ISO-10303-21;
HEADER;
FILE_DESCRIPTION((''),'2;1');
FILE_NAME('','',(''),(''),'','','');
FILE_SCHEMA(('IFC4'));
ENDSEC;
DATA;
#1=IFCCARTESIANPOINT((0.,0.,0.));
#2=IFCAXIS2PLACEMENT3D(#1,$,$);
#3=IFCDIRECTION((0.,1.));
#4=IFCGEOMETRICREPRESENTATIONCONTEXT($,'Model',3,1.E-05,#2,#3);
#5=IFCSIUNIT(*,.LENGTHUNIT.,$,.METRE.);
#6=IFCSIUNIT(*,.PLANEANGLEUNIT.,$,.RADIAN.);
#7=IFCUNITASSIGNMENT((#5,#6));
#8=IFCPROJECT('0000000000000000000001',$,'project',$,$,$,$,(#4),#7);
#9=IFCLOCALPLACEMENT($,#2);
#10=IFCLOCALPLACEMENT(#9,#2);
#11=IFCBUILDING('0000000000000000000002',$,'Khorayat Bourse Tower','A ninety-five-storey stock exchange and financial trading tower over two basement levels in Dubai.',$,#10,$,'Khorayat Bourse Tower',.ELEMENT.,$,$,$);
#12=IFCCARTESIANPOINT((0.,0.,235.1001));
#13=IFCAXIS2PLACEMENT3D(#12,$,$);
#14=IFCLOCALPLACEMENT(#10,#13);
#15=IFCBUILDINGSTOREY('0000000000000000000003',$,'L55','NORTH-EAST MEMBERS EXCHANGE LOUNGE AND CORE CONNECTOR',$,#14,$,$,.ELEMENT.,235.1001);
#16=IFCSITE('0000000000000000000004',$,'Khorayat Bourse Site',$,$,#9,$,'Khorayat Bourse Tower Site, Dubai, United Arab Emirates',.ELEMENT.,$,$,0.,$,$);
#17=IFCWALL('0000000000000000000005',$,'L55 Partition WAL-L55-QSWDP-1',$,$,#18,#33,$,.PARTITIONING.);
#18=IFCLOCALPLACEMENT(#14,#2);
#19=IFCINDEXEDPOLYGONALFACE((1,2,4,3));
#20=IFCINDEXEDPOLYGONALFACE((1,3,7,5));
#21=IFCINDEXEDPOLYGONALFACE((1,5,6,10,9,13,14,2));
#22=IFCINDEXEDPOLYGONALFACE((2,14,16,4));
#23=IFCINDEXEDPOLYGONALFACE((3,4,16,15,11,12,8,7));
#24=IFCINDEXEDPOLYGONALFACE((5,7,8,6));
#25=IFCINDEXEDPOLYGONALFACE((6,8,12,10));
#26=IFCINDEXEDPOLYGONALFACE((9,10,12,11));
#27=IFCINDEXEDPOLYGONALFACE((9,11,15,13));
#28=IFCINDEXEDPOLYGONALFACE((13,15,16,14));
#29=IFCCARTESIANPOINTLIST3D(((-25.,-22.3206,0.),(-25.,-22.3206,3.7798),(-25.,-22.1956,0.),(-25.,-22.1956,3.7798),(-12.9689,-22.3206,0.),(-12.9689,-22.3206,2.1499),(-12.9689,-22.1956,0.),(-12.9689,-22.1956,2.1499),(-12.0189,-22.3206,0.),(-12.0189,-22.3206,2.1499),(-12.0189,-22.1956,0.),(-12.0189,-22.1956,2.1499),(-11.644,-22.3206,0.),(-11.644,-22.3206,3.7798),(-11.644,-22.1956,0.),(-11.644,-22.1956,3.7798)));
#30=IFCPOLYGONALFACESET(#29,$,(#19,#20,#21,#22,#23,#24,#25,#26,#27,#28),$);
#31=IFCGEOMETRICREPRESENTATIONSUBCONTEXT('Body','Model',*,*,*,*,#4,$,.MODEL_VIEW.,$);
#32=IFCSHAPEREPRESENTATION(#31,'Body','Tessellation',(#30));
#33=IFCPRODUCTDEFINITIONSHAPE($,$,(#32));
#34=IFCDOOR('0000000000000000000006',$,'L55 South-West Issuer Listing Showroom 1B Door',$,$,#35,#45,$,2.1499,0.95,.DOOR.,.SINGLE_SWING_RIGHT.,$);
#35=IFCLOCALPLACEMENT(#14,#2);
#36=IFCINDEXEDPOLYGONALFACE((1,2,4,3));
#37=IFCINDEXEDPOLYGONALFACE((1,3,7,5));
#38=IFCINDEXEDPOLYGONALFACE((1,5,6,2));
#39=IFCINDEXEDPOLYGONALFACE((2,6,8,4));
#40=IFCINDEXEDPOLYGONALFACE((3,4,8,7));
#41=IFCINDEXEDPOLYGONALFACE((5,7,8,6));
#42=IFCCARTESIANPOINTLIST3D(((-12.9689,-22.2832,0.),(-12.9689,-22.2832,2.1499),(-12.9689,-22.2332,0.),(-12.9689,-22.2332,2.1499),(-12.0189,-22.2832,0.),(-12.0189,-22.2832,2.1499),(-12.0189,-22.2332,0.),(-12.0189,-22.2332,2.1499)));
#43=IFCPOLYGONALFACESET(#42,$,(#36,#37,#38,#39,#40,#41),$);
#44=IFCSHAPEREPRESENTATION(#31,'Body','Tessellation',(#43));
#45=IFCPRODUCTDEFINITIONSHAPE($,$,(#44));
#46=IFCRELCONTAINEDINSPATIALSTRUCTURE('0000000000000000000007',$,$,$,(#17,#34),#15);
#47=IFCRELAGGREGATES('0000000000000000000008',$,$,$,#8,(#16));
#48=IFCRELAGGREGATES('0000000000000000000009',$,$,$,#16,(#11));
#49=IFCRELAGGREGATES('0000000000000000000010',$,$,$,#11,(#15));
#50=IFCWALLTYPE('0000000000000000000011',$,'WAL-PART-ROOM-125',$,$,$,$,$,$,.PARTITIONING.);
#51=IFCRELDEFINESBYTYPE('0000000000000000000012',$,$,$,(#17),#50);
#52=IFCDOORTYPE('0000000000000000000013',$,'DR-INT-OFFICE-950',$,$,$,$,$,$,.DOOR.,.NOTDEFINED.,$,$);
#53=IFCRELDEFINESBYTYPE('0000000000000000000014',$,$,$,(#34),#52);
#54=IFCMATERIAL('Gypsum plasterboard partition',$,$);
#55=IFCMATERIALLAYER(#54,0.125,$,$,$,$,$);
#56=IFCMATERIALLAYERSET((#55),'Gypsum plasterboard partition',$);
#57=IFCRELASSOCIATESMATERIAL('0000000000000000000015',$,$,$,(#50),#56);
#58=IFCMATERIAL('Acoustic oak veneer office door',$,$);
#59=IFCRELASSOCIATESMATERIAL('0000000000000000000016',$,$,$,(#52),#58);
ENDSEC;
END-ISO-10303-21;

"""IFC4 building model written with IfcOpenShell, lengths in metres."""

from ifc_helpers import new_model, si_unit, direction, frame, frame_2d, origin, place, context, subcontext, project, spatial, rectangle, extrude, source, transform, mapped, material, layer, layer_set, type_object, element, fill, save


model = new_model("IFC4")

# Units and contexts
model_context = context("Model", 3, precision=1e-05, world=origin(), true_north=direction((0.0, 1.0)))
body_context = subcontext(model_context, "Body", "Model", "MODEL_VIEW")
ifc_project = project(units=[si_unit("LENGTHUNIT", "METRE"), si_unit("PLANEANGLEUNIT", "RADIAN")], contexts=[model_context])

# Site, building, storey
site_placement = place(None, origin())
site = spatial("IfcSite", under=ifc_project, at=site_placement, Name="Khorayat Bourse Site", LongName="Khorayat Bourse Tower Site, Dubai, United Arab Emirates", CompositionType="ELEMENT", RefElevation=0.0)
building_placement = place(site_placement, origin())
building = spatial("IfcBuilding", under=site, at=building_placement, Name="Khorayat Bourse Tower", Description="A ninety-five-storey stock exchange and financial trading tower over two basement levels in Dubai.", LongName="Khorayat Bourse Tower", CompositionType="ELEMENT")
storey_placement = place(building_placement, frame((0.0, 0.0, 235.1001)))
storey = spatial("IfcBuildingStorey", under=building, at=storey_placement, Name="L55", Description="NORTH-EAST MEMBERS EXCHANGE LOUNGE AND CORE CONNECTOR", CompositionType="ELEMENT", Elevation=235.1001)

# Wall, opening, door
ifc_material_1 = material(Name="Gypsum plasterboard partition")
ifc_layer_1 = layer(ifc_material_1, 0.125)
ifc_layer_set_1 = layer_set([ifc_layer_1], Name="Gypsum plasterboard partition")
wall_type_1 = type_object("IfcWallType", Name="WAL-PART-ROOM-125", PredefinedType="PARTITIONING", material=ifc_layer_set_1)
shared_shape_1 = source(origin(), body_context, "Body", "SweptSolid", [
    extrude(rectangle(XDim=13.356, YDim=0.125, at=frame_2d((6.678, 0.0))), origin(), (0.0, 0.0, 1.0), 3.7798),
])
wall_1_placement = place(storey_placement, frame((-25.0, -22.2581, 0.0), z_axis=(0.0, 0.0, 1.0), x_axis=(1.0, 0.0, 0.0)))
wall_1 = element("IfcWall", 1, at=wall_1_placement, inside=storey, type_object=wall_type_1, Name="L55 Partition WAL-L55-QSWDP-1", PredefinedType="PARTITIONING", context=body_context, shape_type="MappedRepresentation", body=[
    mapped(shared_shape_1, transform((0.0, 0.0, 0.0), scale=1.0)),
])
shared_shape_2 = source(origin(), body_context, "Body", "SweptSolid", [
    extrude(rectangle(XDim=0.95, YDim=2.1499, at=frame_2d((0.4751, 1.075))), frame((0.0, 0.0725, 0.0), z_axis=(0.0, -1.0, 0.0), x_axis=(1.0, 0.0, 0.0)), (0.0, 0.0, 1.0), 0.145),
])
opening_1_placement = place(wall_1_placement, frame((12.031, 0.0, 0.0)))
opening_1 = element("IfcOpeningElement", 2, at=opening_1_placement, cuts=wall_1, PredefinedType="OPENING", context=body_context, shape_type="MappedRepresentation", body=[
    mapped(shared_shape_2, transform((0.0, 0.0, 0.0), scale=1.0)),
])
ifc_material_2 = material(Name="Acoustic oak veneer office door")
door_type = type_object("IfcDoorType", Name="DR-INT-OFFICE-950", OperationType="NOTDEFINED", PredefinedType="DOOR", material=ifc_material_2)
shared_shape_3 = source(origin(), body_context, "Body", "SweptSolid", [
    extrude(rectangle(XDim=0.95, YDim=2.1499, at=frame_2d((0.4751, 1.075))), frame((0.0, 0.0249, 0.0), z_axis=(0.0, -1.0, 0.0), x_axis=(1.0, 0.0, 0.0)), (0.0, 0.0, 1.0), 0.05),
])
door_placement = place(opening_1_placement, origin())
door = element("IfcDoor", 3, at=door_placement, inside=storey, type_object=door_type, Name="L55 South-West Issuer Listing Showroom 1B Door", OperationType="SINGLE_SWING_RIGHT", OverallHeight=2.1499, OverallWidth=0.95, PredefinedType="DOOR", context=body_context, shape_type="MappedRepresentation", body=[
    mapped(shared_shape_3, transform((0.0, 0.0, 0.0), scale=1.0)),
])
fill(opening_1, door)

save(model, "model.ifc")
